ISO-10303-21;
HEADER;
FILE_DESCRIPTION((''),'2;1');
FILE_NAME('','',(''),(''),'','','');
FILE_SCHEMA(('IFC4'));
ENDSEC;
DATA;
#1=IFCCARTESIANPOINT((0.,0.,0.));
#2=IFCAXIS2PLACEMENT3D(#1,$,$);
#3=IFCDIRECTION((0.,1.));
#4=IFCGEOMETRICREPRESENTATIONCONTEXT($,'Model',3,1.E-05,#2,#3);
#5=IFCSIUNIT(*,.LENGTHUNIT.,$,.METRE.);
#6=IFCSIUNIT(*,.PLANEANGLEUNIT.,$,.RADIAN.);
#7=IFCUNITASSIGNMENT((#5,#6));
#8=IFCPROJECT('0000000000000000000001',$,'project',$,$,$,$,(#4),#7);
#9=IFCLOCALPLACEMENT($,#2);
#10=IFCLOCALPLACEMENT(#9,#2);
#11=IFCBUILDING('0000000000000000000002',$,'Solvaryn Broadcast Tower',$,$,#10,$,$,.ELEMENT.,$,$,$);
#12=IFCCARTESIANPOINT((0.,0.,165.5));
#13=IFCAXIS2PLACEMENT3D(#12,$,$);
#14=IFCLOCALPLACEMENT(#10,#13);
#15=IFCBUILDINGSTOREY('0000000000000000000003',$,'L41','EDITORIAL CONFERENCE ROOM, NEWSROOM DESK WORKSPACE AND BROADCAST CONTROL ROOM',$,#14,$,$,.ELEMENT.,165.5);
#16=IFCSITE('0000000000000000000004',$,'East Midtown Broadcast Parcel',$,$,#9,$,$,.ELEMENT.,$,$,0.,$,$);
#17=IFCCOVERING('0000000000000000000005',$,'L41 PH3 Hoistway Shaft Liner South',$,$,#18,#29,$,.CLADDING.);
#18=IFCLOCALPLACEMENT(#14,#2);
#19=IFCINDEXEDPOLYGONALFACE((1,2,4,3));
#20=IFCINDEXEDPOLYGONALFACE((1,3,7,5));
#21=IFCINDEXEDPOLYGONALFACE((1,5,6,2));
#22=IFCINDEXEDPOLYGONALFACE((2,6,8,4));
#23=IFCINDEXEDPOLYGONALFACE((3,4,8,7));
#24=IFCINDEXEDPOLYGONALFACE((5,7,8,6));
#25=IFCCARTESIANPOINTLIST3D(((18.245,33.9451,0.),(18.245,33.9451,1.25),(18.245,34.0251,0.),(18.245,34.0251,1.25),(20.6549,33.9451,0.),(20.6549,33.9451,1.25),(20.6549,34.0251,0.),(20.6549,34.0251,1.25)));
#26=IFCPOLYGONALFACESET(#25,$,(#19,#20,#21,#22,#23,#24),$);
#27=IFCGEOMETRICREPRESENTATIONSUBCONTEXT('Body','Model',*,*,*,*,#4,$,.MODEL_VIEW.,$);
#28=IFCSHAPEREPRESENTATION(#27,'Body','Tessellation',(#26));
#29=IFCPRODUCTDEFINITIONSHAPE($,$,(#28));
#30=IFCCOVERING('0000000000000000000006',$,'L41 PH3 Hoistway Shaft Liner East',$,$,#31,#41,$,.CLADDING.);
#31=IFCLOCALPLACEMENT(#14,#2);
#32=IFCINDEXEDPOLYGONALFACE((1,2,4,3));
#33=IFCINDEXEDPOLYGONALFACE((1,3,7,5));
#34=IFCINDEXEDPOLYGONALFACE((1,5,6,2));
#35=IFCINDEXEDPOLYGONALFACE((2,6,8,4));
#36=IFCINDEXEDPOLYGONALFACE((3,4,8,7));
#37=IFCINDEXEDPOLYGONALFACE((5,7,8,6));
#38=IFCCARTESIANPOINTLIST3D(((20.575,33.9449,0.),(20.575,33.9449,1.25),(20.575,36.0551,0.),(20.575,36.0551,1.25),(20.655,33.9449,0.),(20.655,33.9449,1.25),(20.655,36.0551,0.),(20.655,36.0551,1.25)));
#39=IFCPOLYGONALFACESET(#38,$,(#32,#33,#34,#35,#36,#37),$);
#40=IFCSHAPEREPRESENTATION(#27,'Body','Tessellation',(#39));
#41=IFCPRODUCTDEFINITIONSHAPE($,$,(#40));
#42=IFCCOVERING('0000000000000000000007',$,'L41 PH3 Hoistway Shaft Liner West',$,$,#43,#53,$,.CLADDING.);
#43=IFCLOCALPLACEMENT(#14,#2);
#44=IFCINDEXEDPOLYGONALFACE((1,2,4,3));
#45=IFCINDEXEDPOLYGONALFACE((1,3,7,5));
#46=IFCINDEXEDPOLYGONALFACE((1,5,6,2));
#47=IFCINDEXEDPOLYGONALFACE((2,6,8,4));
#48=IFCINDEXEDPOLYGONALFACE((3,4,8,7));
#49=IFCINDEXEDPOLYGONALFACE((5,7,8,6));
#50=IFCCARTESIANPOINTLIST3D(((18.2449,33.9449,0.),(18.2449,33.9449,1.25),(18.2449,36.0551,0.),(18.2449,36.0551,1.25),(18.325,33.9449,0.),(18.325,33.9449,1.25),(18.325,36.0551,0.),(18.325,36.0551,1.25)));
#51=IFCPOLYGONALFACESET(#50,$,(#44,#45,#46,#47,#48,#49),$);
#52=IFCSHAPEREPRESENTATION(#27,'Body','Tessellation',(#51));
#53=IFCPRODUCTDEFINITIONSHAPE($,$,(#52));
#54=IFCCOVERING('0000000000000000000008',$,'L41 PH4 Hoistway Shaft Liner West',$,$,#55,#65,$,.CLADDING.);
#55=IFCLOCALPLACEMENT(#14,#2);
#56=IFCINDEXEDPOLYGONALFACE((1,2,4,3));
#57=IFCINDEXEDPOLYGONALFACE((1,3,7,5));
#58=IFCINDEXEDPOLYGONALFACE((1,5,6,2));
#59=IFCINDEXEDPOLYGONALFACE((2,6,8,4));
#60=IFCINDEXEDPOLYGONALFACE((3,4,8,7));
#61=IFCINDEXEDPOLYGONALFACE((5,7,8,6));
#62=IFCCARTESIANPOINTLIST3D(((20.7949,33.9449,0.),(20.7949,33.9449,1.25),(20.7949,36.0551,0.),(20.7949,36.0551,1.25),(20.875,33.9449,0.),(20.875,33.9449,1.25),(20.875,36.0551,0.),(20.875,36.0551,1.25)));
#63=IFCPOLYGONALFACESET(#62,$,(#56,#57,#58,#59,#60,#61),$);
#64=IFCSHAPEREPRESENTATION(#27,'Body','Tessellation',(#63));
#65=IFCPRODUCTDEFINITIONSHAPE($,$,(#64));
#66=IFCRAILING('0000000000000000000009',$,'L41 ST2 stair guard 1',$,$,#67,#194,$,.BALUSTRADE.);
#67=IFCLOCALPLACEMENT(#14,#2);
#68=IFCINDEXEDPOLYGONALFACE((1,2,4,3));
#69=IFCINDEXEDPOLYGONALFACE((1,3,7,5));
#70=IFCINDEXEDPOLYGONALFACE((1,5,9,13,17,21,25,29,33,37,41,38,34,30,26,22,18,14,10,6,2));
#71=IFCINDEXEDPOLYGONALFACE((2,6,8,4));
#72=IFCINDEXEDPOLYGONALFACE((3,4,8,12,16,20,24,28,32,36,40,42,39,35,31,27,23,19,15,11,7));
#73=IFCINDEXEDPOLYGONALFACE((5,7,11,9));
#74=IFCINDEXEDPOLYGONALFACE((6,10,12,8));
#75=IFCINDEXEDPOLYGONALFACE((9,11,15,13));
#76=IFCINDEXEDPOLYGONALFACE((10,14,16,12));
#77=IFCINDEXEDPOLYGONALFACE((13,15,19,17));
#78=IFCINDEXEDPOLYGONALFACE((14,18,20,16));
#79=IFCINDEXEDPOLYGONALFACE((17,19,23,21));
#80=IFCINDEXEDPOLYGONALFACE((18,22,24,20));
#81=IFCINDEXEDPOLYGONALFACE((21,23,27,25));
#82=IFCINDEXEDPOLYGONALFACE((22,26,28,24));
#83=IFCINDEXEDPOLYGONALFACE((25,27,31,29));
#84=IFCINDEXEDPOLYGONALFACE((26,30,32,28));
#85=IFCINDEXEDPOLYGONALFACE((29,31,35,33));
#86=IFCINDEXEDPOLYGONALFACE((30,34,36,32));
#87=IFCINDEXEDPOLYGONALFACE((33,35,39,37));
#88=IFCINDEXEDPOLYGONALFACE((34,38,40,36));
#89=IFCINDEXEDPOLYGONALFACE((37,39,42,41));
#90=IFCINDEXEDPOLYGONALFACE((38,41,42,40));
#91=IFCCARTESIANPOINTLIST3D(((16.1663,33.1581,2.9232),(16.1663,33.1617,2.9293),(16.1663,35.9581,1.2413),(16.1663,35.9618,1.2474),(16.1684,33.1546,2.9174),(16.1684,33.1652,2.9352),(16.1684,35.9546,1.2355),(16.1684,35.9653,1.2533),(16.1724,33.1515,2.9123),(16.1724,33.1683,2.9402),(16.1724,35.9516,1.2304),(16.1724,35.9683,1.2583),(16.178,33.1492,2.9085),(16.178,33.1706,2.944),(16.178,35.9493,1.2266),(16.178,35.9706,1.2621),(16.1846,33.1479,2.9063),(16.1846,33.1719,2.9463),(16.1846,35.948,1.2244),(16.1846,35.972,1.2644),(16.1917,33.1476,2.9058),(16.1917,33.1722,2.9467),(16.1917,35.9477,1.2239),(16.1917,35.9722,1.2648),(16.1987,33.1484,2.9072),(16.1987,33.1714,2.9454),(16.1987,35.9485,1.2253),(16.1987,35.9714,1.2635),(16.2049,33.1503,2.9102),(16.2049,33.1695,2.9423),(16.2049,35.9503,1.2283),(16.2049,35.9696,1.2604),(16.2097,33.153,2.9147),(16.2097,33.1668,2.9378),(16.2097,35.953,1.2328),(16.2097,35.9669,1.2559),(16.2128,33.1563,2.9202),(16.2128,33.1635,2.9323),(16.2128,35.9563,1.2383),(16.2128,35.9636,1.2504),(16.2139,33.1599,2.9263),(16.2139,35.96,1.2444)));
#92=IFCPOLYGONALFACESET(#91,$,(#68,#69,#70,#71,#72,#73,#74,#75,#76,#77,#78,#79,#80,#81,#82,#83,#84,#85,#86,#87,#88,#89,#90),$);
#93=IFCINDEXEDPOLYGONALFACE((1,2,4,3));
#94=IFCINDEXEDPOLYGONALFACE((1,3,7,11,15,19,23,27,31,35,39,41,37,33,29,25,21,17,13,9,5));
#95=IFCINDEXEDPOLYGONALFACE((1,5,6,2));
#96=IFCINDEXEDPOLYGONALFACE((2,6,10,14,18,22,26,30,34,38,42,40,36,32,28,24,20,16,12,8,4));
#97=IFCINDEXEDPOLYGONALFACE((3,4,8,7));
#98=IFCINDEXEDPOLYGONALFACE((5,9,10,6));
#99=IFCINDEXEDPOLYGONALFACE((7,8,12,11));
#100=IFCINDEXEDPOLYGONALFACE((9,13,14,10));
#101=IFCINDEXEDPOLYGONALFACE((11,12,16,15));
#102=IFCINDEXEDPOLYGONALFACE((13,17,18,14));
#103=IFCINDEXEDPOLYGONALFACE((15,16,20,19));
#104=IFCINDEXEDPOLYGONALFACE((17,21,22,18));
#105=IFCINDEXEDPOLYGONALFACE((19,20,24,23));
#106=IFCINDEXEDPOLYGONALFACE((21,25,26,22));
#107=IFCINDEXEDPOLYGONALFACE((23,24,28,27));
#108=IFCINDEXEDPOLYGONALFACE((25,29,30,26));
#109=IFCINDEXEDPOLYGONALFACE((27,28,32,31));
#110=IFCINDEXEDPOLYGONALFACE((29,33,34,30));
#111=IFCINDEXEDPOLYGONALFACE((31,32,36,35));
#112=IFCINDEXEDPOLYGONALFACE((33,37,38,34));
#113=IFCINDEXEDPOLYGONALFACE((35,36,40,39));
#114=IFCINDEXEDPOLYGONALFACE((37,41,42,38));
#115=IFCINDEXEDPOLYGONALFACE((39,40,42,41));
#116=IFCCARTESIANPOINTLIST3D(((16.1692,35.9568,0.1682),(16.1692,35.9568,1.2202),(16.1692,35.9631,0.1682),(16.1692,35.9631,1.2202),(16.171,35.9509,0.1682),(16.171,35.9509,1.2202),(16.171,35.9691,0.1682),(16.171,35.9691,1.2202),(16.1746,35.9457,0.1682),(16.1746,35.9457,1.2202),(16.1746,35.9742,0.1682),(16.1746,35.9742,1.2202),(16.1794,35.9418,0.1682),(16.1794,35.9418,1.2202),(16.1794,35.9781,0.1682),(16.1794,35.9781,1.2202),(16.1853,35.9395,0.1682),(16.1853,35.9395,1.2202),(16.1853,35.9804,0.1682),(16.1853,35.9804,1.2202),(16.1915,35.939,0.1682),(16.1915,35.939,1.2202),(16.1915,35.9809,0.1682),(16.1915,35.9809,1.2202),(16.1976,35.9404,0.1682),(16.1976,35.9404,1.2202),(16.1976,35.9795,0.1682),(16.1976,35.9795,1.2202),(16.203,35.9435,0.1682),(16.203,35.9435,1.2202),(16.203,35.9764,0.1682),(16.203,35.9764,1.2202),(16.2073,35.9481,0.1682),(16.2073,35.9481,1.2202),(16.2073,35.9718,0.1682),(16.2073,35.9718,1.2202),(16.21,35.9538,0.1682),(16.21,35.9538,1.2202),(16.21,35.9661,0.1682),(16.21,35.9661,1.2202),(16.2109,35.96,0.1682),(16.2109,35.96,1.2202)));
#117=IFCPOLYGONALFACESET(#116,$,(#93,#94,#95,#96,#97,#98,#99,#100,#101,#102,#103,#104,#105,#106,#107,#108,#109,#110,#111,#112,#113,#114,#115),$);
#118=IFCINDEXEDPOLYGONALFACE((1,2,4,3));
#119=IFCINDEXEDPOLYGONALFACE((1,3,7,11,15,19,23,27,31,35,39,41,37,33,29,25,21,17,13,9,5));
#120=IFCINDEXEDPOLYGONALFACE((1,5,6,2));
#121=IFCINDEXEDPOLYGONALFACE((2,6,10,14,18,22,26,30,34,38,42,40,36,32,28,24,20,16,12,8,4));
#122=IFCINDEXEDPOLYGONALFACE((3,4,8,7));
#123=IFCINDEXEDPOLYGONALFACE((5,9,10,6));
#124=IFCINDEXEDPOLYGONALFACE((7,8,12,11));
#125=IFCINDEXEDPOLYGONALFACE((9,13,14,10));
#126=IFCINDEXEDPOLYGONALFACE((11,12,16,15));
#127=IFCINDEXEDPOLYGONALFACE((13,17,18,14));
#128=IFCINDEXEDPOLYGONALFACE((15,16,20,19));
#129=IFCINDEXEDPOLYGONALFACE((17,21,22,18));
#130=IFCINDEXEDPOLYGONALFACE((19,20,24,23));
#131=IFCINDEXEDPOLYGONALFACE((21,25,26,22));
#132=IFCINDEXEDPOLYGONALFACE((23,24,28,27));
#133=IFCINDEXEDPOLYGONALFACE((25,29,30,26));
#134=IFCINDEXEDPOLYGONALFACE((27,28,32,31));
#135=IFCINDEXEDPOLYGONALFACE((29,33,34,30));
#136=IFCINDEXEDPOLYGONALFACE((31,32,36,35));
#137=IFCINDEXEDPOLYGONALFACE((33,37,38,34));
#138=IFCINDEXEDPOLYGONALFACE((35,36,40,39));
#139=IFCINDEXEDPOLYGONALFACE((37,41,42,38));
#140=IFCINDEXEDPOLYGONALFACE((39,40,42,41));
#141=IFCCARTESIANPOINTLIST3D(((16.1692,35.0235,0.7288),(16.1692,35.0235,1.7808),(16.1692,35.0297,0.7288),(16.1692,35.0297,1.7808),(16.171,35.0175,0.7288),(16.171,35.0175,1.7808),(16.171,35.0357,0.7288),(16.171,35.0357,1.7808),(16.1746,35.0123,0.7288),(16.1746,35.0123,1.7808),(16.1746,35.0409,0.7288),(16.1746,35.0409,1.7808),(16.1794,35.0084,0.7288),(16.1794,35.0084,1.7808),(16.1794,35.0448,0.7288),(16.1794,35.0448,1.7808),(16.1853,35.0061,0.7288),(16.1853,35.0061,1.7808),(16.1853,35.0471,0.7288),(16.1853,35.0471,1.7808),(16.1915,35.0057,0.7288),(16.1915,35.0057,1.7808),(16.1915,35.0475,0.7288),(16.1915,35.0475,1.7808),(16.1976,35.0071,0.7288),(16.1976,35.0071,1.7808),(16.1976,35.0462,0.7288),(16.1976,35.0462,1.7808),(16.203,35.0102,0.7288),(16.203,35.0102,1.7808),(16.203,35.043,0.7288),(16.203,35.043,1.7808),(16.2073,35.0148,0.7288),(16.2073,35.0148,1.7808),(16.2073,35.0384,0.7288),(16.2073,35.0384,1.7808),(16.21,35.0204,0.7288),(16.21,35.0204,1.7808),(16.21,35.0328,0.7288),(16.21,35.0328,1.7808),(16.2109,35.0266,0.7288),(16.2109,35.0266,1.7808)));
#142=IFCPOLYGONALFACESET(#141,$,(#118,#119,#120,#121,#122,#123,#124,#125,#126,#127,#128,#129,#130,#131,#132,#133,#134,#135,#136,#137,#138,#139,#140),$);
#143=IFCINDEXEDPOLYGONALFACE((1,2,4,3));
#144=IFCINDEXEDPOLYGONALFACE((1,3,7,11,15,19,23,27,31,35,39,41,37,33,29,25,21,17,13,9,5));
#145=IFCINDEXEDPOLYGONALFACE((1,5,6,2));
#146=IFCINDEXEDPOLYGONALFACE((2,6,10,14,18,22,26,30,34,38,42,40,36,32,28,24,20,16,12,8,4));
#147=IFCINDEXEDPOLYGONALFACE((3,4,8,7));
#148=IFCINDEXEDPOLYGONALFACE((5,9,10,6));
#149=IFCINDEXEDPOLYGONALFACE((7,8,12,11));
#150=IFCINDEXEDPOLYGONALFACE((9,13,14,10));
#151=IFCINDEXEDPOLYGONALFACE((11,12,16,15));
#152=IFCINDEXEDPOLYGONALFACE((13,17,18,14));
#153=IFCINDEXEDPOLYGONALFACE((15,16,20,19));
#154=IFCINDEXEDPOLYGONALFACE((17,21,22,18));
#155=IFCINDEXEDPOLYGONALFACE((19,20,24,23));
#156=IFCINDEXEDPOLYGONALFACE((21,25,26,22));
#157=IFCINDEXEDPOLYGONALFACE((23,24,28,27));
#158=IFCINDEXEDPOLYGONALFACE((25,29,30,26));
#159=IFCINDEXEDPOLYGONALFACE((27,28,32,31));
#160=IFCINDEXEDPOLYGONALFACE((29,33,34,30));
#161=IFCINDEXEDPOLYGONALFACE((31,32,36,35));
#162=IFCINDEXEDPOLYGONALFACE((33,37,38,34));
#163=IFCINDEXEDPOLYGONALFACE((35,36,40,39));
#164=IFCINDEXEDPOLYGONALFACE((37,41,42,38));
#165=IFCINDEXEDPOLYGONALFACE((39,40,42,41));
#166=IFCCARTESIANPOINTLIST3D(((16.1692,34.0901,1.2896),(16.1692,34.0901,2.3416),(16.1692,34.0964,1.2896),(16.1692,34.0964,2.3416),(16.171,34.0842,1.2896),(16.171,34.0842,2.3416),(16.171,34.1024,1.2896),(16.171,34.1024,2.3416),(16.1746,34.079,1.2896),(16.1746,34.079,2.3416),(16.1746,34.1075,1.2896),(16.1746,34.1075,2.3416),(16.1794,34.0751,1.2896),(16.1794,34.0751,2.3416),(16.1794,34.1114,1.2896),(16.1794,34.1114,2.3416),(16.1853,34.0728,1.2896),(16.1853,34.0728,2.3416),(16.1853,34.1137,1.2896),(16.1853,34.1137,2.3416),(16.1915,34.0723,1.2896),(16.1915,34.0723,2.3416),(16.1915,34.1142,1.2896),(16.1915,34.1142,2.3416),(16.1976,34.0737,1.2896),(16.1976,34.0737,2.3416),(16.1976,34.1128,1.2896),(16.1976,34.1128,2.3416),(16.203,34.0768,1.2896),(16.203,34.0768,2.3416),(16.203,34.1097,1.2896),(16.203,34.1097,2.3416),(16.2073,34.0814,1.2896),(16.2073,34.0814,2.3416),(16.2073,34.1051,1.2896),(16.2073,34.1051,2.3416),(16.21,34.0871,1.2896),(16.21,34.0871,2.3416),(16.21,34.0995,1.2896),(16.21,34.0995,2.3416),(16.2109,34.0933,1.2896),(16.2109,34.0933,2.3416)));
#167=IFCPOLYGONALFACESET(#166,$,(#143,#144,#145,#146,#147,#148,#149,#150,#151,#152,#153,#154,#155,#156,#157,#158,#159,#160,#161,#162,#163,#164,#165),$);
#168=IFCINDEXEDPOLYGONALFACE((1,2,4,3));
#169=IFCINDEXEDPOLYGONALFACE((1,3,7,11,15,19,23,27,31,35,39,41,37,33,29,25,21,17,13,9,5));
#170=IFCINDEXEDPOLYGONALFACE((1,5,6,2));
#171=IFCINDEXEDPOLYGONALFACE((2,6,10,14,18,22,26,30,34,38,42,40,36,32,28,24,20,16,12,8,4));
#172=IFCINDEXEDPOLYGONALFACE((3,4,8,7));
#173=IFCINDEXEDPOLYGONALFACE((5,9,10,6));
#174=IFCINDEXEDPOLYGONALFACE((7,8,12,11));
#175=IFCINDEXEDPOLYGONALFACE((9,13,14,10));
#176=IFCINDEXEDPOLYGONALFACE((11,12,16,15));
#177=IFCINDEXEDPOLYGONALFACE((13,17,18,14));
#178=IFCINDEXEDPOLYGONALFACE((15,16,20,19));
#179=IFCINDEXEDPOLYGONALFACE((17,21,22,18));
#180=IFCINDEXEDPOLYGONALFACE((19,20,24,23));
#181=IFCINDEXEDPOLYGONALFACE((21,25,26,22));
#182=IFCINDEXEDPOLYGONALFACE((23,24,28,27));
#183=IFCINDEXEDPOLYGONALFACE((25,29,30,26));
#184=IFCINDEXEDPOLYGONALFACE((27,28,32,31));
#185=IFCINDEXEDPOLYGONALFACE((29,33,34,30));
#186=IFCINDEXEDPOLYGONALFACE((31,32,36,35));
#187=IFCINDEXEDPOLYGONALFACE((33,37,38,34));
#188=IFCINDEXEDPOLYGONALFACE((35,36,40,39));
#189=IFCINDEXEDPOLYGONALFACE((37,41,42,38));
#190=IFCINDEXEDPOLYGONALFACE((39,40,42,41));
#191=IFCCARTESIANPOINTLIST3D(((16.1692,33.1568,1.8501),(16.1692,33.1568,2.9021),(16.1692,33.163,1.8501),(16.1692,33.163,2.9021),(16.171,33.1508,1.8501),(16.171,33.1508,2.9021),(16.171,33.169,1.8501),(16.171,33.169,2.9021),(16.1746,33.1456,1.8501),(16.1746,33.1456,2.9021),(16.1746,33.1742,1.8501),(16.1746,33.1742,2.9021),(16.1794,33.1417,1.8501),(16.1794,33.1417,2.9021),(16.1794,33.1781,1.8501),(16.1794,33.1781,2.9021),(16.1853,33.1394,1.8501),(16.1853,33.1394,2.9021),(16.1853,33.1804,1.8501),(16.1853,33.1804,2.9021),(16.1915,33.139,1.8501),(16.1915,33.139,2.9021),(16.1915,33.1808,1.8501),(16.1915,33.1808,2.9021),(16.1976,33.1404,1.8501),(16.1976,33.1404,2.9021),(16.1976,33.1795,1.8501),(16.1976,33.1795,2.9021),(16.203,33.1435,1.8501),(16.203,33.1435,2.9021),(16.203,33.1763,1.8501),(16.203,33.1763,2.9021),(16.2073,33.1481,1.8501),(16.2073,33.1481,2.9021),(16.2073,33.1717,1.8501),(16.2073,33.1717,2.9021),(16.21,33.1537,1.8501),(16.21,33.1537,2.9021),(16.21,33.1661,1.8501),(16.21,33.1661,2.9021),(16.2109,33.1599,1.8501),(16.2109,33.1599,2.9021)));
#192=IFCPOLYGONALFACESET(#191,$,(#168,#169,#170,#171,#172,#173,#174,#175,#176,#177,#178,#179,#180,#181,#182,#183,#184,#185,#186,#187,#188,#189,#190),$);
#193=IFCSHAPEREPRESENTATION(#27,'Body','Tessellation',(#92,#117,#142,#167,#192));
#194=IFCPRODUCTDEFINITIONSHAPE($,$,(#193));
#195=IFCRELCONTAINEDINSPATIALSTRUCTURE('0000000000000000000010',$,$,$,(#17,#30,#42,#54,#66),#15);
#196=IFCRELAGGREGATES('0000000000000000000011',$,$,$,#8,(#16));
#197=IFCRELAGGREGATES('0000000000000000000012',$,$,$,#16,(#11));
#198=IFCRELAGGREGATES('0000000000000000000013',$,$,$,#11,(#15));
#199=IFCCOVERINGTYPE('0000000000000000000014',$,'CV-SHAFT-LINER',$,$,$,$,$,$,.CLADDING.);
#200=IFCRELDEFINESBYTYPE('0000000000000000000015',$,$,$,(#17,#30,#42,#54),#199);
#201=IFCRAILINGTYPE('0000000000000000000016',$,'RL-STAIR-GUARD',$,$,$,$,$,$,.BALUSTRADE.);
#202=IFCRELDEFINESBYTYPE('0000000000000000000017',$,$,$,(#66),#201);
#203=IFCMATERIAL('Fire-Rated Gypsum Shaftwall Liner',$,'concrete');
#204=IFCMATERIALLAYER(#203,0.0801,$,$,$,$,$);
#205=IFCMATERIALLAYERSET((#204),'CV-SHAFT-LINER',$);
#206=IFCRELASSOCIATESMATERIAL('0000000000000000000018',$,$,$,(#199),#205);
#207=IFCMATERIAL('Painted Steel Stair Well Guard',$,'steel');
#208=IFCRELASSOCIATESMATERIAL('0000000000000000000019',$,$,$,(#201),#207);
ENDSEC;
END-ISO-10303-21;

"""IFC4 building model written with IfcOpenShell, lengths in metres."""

from ifc_helpers import new_model, si_unit, direction, frame, origin, origin_2d, place, context, subcontext, project, spatial, rectangle, circle, extrude, material, layer, layer_set, type_object, element, save


model = new_model("IFC4")

# Units and contexts
model_context = context("Model", 3, precision=1e-05, world=origin(), true_north=direction((0.0, 1.0)))
body_context = subcontext(model_context, "Body", "Model", "MODEL_VIEW")
ifc_project = project(units=[si_unit("LENGTHUNIT", "METRE"), si_unit("PLANEANGLEUNIT", "RADIAN")], contexts=[model_context])

# Site, building, storey
site_placement = place(None, origin())
site = spatial("IfcSite", under=ifc_project, at=site_placement, Name="East Midtown Broadcast Parcel", CompositionType="ELEMENT", RefElevation=0.0)
building_placement = place(site_placement, origin())
building = spatial("IfcBuilding", under=site, at=building_placement, Name="Solvaryn Broadcast Tower", CompositionType="ELEMENT")
storey_placement = place(building_placement, frame((0.0, 0.0, 165.5)))
storey = spatial("IfcBuildingStorey", under=building, at=storey_placement, Name="L41", Description="EDITORIAL CONFERENCE ROOM, NEWSROOM DESK WORKSPACE AND BROADCAST CONTROL ROOM", CompositionType="ELEMENT", Elevation=165.5)

# Coverings
ifc_material_1 = material(Name="Fire-Rated Gypsum Shaftwall Liner", Category="concrete")
ifc_layer_1 = layer(ifc_material_1, 0.0801)
ifc_layer_set_1 = layer_set([ifc_layer_1], Name="CV-SHAFT-LINER")
covering_type = type_object("IfcCoveringType", Name="CV-SHAFT-LINER", PredefinedType="CLADDING", material=ifc_layer_set_1)
for number, where, z_axis, x_axis, name in (
    (1, (19.45, 33.9851, 0.0), (0.0, 0.0, 1.0), (1.0, 0.0, 0.0), "L41 PH3 Hoistway Shaft Liner South"),
):
    element("IfcCovering", number, at=place(storey_placement, frame(where, z_axis=z_axis, x_axis=x_axis)), inside=storey, type_object=covering_type, Name=name, PredefinedType="CLADDING", context=body_context, shape_type="SweptSolid", body=[
        extrude(rectangle(XDim=2.4099, YDim=0.0801, at=origin_2d()), origin(), (0.0, 0.0, 1.0), 1.25),
    ])
for number, where, z_axis, x_axis, name in (
    (2, (20.615, 35.0, 0.0), (0.0, 0.0, 1.0), (1.0, 0.0, 0.0), "L41 PH3 Hoistway Shaft Liner East"),
    (3, (18.2849, 35.0, 0.0), (0.0, 0.0, 1.0), (1.0, 0.0, 0.0), "L41 PH3 Hoistway Shaft Liner West"),
    (4, (20.835, 35.0, 0.0), (0.0, 0.0, 1.0), (1.0, 0.0, 0.0), "L41 PH4 Hoistway Shaft Liner West"),
):
    element("IfcCovering", number, at=place(storey_placement, frame(where, z_axis=z_axis, x_axis=x_axis)), inside=storey, type_object=covering_type, Name=name, PredefinedType="CLADDING", context=body_context, shape_type="SweptSolid", body=[
        extrude(rectangle(XDim=0.0801, YDim=2.1101, at=origin_2d()), origin(), (0.0, 0.0, 1.0), 1.25),
    ])

# Railing
ifc_material_2 = material(Name="Painted Steel Stair Well Guard", Category="steel")
railing_type_1 = type_object("IfcRailingType", Name="RL-STAIR-GUARD", PredefinedType="BALUSTRADE", material=ifc_material_2)
railing_1_placement = place(storey_placement, frame((16.1899, 35.96, 0.1682)))
element("IfcRailing", 5, at=railing_1_placement, inside=storey, type_object=railing_type_1, Name="L41 ST2 stair guard 1", PredefinedType="BALUSTRADE", context=body_context, shape_type="SweptSolid", body=[
    extrude(circle(Radius=0.0239, at=origin_2d()), frame((0.0, 0.0, 1.0762), z_axis=(0.0, -0.857242, 0.514913), x_axis=(1.0, 0.0, 0.0)), (0.0, 0.0, 1.0), 3.2664),
    extrude(circle(Radius=0.021, at=origin_2d()), origin(), (0.0, 0.0, 1.0), 1.052),
    extrude(circle(Radius=0.021, at=origin_2d()), frame((0.0, -0.9333, 0.5605)), (0.0, 0.0, 1.0), 1.052),
    extrude(circle(Radius=0.021, at=origin_2d()), frame((0.0, -1.8667, 1.1213)), (0.0, 0.0, 1.0), 1.052),
    extrude(circle(Radius=0.021, at=origin_2d()), frame((0.0, -2.8, 1.6819)), (0.0, 0.0, 1.0), 1.052),
])

save(model, "model.ifc")
